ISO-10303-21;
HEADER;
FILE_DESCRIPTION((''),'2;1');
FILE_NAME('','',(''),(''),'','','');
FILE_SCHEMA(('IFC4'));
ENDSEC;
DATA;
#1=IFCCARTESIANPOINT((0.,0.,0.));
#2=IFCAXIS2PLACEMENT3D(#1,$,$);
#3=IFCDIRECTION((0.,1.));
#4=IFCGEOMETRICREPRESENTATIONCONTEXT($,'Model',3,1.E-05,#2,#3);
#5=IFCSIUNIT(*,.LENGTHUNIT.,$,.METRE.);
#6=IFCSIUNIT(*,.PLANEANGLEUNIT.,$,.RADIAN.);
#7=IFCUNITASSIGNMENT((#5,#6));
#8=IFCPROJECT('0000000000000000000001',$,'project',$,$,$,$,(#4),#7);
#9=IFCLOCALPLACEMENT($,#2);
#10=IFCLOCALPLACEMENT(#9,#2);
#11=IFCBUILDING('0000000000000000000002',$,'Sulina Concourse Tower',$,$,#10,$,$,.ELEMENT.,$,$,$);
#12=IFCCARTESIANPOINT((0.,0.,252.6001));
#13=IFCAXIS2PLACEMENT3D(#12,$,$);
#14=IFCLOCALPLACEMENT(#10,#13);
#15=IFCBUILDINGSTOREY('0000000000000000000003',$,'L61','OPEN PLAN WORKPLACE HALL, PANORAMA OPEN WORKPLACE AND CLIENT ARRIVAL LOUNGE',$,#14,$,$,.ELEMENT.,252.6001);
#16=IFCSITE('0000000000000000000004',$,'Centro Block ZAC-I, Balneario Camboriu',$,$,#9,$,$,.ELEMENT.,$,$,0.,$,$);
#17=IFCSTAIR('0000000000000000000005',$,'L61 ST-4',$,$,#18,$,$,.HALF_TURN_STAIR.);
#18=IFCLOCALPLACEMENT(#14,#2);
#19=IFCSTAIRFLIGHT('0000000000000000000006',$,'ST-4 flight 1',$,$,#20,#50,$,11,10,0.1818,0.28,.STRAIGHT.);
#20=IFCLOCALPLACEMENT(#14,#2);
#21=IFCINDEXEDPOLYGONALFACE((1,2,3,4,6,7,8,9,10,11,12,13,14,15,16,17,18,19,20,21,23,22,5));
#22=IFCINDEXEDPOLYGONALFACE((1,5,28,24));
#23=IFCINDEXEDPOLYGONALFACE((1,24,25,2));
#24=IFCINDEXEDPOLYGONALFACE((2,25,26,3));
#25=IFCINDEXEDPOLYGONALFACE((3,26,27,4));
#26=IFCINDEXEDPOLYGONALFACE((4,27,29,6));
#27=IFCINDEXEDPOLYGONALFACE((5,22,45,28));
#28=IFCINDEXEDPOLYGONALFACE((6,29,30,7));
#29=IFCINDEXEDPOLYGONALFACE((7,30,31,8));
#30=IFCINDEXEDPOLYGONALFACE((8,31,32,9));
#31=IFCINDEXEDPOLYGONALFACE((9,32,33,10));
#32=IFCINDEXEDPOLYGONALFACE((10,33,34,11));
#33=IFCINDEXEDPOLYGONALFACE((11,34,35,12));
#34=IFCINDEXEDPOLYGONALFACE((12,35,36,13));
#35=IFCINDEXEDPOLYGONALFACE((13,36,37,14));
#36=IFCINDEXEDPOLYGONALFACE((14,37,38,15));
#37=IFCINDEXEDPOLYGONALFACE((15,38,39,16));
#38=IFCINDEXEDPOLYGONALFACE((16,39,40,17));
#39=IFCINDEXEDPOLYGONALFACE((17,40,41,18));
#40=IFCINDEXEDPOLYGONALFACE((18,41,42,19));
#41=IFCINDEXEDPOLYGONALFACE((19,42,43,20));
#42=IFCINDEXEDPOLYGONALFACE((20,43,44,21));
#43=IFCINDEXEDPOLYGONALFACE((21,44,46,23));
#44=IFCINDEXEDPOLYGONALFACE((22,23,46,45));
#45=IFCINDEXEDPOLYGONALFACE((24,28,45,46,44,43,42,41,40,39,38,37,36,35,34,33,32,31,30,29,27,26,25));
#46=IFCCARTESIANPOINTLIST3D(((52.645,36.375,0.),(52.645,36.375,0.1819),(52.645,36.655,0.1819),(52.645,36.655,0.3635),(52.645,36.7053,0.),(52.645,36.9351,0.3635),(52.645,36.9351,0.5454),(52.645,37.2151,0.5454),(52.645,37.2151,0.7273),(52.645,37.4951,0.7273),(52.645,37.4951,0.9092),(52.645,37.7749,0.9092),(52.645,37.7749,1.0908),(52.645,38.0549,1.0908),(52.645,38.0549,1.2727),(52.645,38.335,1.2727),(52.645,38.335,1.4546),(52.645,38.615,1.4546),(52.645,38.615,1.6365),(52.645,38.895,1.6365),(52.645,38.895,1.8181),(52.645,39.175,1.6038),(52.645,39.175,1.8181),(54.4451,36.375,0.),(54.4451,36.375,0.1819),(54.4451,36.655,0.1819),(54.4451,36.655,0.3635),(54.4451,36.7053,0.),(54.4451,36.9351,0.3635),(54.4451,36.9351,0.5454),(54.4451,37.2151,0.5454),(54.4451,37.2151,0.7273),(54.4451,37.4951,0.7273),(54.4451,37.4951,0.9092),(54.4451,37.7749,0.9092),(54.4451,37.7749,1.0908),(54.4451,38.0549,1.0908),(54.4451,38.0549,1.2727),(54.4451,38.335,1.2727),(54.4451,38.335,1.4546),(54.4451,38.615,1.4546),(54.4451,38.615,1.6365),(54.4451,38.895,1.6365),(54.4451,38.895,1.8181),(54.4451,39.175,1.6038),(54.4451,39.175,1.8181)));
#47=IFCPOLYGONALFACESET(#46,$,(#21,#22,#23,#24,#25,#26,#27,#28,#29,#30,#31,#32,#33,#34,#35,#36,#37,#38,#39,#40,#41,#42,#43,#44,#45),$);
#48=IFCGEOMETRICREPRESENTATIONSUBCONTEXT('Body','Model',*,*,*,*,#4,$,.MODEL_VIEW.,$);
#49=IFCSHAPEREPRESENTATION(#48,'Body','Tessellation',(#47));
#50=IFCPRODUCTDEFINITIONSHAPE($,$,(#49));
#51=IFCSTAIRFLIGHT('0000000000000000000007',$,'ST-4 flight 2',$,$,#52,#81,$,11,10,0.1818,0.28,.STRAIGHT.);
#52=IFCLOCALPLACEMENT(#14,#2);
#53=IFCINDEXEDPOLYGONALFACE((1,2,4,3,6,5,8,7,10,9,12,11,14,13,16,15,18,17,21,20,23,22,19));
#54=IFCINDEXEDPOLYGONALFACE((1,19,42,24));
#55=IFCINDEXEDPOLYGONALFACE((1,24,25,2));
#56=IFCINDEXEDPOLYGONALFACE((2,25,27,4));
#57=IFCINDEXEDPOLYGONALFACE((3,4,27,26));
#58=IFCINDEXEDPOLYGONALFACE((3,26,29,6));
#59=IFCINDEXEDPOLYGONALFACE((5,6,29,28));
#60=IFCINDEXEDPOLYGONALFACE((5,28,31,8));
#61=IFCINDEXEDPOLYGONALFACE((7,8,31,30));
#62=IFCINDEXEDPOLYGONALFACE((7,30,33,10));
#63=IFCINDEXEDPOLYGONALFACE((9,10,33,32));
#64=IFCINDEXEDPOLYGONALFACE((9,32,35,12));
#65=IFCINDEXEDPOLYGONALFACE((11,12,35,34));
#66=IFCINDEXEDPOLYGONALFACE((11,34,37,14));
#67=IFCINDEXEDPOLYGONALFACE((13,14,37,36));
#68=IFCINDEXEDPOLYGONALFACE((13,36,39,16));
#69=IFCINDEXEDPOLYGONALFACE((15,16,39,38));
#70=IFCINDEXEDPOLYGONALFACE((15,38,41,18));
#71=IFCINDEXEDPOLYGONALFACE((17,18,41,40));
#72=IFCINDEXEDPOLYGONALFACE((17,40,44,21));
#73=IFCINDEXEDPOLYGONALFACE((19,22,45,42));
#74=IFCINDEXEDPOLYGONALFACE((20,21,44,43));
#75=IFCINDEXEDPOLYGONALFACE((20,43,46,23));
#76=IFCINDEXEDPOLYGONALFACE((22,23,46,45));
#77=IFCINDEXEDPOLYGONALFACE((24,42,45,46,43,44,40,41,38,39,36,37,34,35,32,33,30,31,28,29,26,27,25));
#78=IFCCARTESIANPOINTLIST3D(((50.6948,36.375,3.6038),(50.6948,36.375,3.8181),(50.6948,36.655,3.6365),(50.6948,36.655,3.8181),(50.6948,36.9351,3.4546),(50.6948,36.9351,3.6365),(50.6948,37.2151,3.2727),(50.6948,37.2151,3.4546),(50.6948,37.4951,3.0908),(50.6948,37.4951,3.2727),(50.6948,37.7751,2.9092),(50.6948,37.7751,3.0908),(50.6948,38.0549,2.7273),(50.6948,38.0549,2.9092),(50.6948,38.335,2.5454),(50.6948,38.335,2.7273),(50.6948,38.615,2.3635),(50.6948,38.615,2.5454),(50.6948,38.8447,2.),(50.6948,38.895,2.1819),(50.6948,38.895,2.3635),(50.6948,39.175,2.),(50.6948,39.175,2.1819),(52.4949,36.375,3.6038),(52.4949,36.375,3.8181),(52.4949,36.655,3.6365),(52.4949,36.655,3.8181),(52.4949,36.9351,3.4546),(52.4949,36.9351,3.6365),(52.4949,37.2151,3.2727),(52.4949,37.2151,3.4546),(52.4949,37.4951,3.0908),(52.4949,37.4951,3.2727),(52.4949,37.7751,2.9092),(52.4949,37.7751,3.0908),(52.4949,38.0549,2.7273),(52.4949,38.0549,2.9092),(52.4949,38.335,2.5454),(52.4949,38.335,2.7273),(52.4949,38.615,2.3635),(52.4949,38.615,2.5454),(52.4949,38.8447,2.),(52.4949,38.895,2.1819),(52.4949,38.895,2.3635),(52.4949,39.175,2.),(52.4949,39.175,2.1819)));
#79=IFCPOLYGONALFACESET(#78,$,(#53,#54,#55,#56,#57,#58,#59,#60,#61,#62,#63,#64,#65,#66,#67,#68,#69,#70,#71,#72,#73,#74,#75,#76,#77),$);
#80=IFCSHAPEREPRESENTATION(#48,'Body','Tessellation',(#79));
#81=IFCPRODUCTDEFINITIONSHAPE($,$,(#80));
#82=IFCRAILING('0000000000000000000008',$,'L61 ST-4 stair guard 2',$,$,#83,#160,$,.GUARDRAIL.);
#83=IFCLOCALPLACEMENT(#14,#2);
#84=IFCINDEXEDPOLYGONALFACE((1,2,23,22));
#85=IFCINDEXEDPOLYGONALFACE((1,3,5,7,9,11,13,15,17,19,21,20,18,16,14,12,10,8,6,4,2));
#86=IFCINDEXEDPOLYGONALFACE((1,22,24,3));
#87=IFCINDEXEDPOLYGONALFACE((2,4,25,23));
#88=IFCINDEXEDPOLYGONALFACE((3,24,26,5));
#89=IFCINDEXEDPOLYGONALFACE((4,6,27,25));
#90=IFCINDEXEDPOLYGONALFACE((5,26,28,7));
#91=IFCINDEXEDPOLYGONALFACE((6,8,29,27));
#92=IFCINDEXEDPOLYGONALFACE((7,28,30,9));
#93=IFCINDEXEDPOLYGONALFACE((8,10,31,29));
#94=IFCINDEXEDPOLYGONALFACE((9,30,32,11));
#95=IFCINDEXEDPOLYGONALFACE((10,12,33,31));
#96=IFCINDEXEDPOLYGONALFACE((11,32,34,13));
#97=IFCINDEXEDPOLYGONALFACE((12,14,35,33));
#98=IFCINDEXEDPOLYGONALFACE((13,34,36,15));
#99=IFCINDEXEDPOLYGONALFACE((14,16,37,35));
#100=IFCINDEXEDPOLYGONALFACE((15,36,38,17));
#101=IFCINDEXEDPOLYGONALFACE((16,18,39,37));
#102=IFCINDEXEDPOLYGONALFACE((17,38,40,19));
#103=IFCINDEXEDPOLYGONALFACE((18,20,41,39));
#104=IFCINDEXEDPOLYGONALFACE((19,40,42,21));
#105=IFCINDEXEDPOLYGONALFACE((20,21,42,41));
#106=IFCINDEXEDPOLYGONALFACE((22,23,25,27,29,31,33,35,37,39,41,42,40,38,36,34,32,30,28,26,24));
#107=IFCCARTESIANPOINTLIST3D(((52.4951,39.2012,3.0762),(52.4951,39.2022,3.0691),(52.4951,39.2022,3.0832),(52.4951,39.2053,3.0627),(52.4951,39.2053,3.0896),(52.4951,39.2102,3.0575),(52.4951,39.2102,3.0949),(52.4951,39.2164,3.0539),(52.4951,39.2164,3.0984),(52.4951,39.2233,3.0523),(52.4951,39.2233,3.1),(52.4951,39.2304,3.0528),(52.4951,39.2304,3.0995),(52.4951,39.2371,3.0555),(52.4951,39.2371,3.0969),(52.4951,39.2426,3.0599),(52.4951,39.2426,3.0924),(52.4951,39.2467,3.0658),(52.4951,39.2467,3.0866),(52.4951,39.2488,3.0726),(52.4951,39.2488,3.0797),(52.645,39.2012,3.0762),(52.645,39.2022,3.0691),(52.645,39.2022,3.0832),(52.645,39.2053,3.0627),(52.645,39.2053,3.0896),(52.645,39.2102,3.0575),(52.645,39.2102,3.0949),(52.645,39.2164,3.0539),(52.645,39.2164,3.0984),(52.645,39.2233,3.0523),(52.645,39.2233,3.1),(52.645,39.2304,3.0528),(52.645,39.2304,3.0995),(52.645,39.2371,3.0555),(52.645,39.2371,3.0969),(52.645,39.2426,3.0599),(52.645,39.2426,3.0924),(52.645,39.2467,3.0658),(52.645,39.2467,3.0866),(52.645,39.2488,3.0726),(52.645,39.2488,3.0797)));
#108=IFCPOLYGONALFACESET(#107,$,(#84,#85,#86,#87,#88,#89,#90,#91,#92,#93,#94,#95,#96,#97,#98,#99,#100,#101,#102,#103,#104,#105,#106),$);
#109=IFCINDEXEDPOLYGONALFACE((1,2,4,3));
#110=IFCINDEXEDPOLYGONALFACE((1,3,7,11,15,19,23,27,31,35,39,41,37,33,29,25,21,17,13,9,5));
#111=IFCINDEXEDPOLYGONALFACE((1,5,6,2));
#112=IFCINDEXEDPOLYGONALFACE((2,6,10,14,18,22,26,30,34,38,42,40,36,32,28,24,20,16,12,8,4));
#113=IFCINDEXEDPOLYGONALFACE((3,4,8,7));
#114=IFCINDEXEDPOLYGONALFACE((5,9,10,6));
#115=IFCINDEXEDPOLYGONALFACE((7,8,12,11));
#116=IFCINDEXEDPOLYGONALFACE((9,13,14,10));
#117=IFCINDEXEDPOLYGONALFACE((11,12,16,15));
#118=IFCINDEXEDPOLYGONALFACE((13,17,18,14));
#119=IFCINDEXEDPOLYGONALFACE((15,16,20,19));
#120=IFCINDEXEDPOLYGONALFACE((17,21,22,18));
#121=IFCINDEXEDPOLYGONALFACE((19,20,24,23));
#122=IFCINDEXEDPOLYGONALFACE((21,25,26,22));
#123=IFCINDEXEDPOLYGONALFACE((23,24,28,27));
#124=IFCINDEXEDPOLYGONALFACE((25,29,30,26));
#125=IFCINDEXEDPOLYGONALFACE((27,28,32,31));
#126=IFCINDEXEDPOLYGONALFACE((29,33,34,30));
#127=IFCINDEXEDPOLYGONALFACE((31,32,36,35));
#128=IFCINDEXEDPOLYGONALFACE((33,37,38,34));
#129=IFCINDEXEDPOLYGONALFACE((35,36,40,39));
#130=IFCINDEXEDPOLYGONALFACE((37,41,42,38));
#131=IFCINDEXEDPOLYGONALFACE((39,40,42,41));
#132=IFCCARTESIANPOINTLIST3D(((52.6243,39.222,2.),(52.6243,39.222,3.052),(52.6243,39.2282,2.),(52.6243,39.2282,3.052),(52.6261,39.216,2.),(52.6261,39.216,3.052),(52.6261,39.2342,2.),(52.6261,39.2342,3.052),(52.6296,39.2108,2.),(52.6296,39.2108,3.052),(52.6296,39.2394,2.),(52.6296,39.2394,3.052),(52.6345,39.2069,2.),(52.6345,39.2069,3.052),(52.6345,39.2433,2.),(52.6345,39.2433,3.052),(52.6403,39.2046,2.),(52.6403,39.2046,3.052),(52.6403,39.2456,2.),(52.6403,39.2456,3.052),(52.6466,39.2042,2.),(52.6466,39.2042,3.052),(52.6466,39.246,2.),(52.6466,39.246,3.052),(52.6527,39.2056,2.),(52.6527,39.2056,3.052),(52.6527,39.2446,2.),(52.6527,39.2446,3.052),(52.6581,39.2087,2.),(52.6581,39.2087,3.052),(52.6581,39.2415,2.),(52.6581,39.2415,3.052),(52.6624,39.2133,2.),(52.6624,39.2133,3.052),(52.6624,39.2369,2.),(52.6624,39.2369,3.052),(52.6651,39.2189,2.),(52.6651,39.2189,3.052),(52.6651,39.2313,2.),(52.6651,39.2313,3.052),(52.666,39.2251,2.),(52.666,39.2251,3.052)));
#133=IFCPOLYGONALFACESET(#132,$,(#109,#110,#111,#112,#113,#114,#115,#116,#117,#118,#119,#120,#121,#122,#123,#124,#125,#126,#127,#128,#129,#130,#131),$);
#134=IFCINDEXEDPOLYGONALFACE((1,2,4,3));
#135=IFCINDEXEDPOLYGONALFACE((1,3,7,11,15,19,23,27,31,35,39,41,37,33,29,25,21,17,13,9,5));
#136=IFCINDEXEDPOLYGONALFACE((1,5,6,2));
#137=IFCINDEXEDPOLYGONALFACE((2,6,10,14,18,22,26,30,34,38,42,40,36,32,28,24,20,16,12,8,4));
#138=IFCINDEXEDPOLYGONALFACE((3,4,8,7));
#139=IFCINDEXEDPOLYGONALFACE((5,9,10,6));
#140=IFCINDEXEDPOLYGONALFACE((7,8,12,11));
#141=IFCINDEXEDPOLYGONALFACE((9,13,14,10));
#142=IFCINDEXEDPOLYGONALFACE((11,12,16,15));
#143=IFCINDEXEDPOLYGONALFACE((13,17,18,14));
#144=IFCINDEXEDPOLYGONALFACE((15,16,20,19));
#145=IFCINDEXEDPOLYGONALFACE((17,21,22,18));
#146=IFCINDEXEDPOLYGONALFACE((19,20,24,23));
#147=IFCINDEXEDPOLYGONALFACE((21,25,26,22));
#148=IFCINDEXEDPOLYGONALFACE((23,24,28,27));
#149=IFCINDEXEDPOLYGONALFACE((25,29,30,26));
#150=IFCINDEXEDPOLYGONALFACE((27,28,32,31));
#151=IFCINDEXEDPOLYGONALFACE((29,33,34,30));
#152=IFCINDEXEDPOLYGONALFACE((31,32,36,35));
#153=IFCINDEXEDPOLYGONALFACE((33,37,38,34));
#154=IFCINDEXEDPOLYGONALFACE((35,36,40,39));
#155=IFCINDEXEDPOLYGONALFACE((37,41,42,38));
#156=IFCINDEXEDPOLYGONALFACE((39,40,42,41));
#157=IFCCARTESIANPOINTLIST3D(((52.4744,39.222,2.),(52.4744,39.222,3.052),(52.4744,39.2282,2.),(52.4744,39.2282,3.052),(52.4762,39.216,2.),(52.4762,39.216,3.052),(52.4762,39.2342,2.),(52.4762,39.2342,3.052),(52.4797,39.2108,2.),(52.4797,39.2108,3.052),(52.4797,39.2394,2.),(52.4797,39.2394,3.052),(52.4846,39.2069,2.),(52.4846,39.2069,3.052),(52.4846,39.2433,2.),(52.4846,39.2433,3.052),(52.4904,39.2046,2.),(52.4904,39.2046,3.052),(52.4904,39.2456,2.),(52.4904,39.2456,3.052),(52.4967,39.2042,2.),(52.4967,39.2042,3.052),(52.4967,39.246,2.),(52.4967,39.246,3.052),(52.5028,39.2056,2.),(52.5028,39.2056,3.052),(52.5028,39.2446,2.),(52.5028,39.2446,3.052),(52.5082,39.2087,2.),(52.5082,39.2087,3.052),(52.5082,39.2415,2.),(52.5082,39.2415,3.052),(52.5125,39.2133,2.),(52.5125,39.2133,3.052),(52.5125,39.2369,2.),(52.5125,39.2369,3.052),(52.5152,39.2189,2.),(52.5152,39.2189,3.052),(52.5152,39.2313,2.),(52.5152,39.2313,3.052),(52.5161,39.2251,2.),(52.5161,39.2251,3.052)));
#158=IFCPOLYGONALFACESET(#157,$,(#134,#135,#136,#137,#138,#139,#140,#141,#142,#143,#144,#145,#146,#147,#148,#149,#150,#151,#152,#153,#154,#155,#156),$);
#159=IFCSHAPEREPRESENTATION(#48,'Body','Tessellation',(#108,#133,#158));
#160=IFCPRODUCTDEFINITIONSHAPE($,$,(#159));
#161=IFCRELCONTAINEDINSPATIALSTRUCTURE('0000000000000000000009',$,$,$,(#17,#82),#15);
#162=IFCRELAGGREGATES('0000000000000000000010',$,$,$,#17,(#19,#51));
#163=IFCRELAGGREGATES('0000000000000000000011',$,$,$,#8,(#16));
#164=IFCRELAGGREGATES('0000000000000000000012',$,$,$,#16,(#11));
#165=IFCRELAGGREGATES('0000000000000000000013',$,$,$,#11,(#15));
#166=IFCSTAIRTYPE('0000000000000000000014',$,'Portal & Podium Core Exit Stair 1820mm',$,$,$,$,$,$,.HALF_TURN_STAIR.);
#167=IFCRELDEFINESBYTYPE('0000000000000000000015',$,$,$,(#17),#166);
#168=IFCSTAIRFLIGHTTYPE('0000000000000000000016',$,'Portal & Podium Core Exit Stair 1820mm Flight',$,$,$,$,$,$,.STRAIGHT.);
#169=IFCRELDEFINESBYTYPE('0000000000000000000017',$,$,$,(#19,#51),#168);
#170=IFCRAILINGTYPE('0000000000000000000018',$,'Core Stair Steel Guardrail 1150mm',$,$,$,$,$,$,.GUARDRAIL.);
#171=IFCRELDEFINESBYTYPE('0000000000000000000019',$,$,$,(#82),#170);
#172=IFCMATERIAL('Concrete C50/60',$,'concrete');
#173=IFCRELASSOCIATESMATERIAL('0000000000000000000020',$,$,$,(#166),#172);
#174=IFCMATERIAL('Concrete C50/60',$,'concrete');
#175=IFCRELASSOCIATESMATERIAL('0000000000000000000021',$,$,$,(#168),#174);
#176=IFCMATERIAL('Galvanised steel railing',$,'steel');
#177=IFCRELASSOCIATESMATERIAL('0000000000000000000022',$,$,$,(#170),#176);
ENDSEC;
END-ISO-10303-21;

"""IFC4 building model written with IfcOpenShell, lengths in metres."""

from ifc_helpers import new_model, si_unit, direction, frame, origin, origin_2d, place, context, subcontext, project, spatial, polyline, circle, outline, extrude, material, type_object, element, aggregate, save


model = new_model("IFC4")

# Units and contexts
model_context = context("Model", 3, precision=1e-05, world=origin(), true_north=direction((0.0, 1.0)))
body_context = subcontext(model_context, "Body", "Model", "MODEL_VIEW")
ifc_project = project(units=[si_unit("LENGTHUNIT", "METRE"), si_unit("PLANEANGLEUNIT", "RADIAN")], contexts=[model_context])

# Site, building, storey
site_placement = place(None, origin())
site = spatial("IfcSite", under=ifc_project, at=site_placement, Name="Centro Block ZAC-I, Balneario Camboriu", CompositionType="ELEMENT", RefElevation=0.0)
building_placement = place(site_placement, origin())
building = spatial("IfcBuilding", under=site, at=building_placement, Name="Sulina Concourse Tower", CompositionType="ELEMENT")
storey_placement = place(building_placement, frame((0.0, 0.0, 252.6001)))
storey = spatial("IfcBuildingStorey", under=building, at=storey_placement, Name="L61", Description="OPEN PLAN WORKPLACE HALL, PANORAMA OPEN WORKPLACE AND CLIENT ARRIVAL LOUNGE", CompositionType="ELEMENT", Elevation=252.6001)

# Stair, stair flights
ifc_material_1 = material(Name="Concrete C50/60", Category="concrete")
stair_type = type_object("IfcStairType", Name="Portal & Podium Core Exit Stair 1820mm", PredefinedType="HALF_TURN_STAIR", material=ifc_material_1)
stair_placement = place(storey_placement, origin())
stair = element("IfcStair", 1, at=stair_placement, inside=storey, type_object=stair_type, Name="L61 ST-4", PredefinedType="HALF_TURN_STAIR")
ifc_material_2 = material(Name="Concrete C50/60", Category="concrete")
stair_flight_type = type_object("IfcStairFlightType", Name="Portal & Podium Core Exit Stair 1820mm Flight", PredefinedType="STRAIGHT", material=ifc_material_2)
stair_flight_1_placement = place(storey_placement, frame((53.5449, 36.375, 0.0), z_axis=(0.0, 0.0, 1.0), x_axis=(0.0, 1.0, 0.0)))
stair_flight_1 = element("IfcStairFlight", 2, at=stair_flight_1_placement, type_object=stair_flight_type, Name="ST-4 flight 1", NumberOfRisers=11, NumberOfTreads=10, PredefinedType="STRAIGHT", RiserHeight=0.1818, TreadLength=0.28, context=body_context, shape_type="SweptSolid", body=[
    extrude(outline(polyline([(0.0, 0.0), (0.0, 0.1819), (0.28, 0.1819), (0.28, 0.3635), (0.5601, 0.3635), (0.5601, 0.5454), (0.8401, 0.5454), (0.8401, 0.7273), (1.1201, 0.7273), (1.1201, 0.9092), (1.3999, 0.9092), (1.3999, 1.0908), (1.6799, 1.0908), (1.6799, 1.2727), (1.96, 1.2727), (1.96, 1.4546), (2.24, 1.4546), (2.24, 1.6365), (2.52, 1.6365), (2.52, 1.8181), (2.8, 1.8181), (2.8, 2.0), (2.8, 1.6038), (0.3303, 0.0), (0.0, 0.0)])), frame((0.0, 0.8999, 0.0), z_axis=(0.0, -1.0, 0.0), x_axis=(1.0, 0.0, 0.0)), (0.0, 0.0, 1.0), 1.8),
])
stair_flight_2_placement = place(storey_placement, frame((51.595, 39.175, 2.0), z_axis=(0.0, 0.0, 1.0), x_axis=(0.0, -1.0, 0.0)))
stair_flight_2 = element("IfcStairFlight", 3, at=stair_flight_2_placement, type_object=stair_flight_type, Name="ST-4 flight 2", NumberOfRisers=11, NumberOfTreads=10, PredefinedType="STRAIGHT", RiserHeight=0.1818, TreadLength=0.28, context=body_context, shape_type="SweptSolid", body=[
    extrude(outline(polyline([(0.0, 0.0), (0.0, 0.1819), (0.28, 0.1819), (0.28, 0.3635), (0.5601, 0.3635), (0.5601, 0.5454), (0.8401, 0.5454), (0.8401, 0.7273), (1.1201, 0.7273), (1.1201, 0.9092), (1.3999, 0.9092), (1.3999, 1.0908), (1.6799, 1.0908), (1.6799, 1.2727), (1.96, 1.2727), (1.96, 1.4546), (2.24, 1.4546), (2.24, 1.6365), (2.52, 1.6365), (2.52, 1.8181), (2.8, 1.8181), (2.8, 2.0), (2.8, 1.6038), (0.3303, 0.0), (0.0, 0.0)])), frame((0.0, 0.8999, 0.0), z_axis=(0.0, -1.0, 0.0), x_axis=(1.0, 0.0, 0.0)), (0.0, 0.0, 1.0), 1.8),
])
aggregate(stair, [stair_flight_1, stair_flight_2])

# Railing
ifc_material_3 = material(Name="Galvanised steel railing", Category="steel")
railing_type_1 = type_object("IfcRailingType", Name="Core Stair Steel Guardrail 1150mm", PredefinedType="GUARDRAIL", material=ifc_material_3)
railing_1_placement = place(storey_placement, frame((52.645, 39.2251, 2.0)))
element("IfcRailing", 4, at=railing_1_placement, inside=storey, type_object=railing_type_1, Name="L61 ST-4 stair guard 2", PredefinedType="GUARDRAIL", context=body_context, shape_type="SweptSolid", body=[
    extrude(circle(Radius=0.0239, at=origin_2d()), frame((0.0, 0.0, 1.0762), z_axis=(-1.0, 0.0, 0.0), x_axis=(0.0, -1.0, 0.0)), (0.0, 0.0, 1.0), 0.1499),
    extrude(circle(Radius=0.021, at=origin_2d()), origin(), (0.0, 0.0, 1.0), 1.052),
    extrude(circle(Radius=0.021, at=origin_2d()), frame((-0.1499, 0.0, 0.0)), (0.0, 0.0, 1.0), 1.052),
])

save(model, "model.ifc")
